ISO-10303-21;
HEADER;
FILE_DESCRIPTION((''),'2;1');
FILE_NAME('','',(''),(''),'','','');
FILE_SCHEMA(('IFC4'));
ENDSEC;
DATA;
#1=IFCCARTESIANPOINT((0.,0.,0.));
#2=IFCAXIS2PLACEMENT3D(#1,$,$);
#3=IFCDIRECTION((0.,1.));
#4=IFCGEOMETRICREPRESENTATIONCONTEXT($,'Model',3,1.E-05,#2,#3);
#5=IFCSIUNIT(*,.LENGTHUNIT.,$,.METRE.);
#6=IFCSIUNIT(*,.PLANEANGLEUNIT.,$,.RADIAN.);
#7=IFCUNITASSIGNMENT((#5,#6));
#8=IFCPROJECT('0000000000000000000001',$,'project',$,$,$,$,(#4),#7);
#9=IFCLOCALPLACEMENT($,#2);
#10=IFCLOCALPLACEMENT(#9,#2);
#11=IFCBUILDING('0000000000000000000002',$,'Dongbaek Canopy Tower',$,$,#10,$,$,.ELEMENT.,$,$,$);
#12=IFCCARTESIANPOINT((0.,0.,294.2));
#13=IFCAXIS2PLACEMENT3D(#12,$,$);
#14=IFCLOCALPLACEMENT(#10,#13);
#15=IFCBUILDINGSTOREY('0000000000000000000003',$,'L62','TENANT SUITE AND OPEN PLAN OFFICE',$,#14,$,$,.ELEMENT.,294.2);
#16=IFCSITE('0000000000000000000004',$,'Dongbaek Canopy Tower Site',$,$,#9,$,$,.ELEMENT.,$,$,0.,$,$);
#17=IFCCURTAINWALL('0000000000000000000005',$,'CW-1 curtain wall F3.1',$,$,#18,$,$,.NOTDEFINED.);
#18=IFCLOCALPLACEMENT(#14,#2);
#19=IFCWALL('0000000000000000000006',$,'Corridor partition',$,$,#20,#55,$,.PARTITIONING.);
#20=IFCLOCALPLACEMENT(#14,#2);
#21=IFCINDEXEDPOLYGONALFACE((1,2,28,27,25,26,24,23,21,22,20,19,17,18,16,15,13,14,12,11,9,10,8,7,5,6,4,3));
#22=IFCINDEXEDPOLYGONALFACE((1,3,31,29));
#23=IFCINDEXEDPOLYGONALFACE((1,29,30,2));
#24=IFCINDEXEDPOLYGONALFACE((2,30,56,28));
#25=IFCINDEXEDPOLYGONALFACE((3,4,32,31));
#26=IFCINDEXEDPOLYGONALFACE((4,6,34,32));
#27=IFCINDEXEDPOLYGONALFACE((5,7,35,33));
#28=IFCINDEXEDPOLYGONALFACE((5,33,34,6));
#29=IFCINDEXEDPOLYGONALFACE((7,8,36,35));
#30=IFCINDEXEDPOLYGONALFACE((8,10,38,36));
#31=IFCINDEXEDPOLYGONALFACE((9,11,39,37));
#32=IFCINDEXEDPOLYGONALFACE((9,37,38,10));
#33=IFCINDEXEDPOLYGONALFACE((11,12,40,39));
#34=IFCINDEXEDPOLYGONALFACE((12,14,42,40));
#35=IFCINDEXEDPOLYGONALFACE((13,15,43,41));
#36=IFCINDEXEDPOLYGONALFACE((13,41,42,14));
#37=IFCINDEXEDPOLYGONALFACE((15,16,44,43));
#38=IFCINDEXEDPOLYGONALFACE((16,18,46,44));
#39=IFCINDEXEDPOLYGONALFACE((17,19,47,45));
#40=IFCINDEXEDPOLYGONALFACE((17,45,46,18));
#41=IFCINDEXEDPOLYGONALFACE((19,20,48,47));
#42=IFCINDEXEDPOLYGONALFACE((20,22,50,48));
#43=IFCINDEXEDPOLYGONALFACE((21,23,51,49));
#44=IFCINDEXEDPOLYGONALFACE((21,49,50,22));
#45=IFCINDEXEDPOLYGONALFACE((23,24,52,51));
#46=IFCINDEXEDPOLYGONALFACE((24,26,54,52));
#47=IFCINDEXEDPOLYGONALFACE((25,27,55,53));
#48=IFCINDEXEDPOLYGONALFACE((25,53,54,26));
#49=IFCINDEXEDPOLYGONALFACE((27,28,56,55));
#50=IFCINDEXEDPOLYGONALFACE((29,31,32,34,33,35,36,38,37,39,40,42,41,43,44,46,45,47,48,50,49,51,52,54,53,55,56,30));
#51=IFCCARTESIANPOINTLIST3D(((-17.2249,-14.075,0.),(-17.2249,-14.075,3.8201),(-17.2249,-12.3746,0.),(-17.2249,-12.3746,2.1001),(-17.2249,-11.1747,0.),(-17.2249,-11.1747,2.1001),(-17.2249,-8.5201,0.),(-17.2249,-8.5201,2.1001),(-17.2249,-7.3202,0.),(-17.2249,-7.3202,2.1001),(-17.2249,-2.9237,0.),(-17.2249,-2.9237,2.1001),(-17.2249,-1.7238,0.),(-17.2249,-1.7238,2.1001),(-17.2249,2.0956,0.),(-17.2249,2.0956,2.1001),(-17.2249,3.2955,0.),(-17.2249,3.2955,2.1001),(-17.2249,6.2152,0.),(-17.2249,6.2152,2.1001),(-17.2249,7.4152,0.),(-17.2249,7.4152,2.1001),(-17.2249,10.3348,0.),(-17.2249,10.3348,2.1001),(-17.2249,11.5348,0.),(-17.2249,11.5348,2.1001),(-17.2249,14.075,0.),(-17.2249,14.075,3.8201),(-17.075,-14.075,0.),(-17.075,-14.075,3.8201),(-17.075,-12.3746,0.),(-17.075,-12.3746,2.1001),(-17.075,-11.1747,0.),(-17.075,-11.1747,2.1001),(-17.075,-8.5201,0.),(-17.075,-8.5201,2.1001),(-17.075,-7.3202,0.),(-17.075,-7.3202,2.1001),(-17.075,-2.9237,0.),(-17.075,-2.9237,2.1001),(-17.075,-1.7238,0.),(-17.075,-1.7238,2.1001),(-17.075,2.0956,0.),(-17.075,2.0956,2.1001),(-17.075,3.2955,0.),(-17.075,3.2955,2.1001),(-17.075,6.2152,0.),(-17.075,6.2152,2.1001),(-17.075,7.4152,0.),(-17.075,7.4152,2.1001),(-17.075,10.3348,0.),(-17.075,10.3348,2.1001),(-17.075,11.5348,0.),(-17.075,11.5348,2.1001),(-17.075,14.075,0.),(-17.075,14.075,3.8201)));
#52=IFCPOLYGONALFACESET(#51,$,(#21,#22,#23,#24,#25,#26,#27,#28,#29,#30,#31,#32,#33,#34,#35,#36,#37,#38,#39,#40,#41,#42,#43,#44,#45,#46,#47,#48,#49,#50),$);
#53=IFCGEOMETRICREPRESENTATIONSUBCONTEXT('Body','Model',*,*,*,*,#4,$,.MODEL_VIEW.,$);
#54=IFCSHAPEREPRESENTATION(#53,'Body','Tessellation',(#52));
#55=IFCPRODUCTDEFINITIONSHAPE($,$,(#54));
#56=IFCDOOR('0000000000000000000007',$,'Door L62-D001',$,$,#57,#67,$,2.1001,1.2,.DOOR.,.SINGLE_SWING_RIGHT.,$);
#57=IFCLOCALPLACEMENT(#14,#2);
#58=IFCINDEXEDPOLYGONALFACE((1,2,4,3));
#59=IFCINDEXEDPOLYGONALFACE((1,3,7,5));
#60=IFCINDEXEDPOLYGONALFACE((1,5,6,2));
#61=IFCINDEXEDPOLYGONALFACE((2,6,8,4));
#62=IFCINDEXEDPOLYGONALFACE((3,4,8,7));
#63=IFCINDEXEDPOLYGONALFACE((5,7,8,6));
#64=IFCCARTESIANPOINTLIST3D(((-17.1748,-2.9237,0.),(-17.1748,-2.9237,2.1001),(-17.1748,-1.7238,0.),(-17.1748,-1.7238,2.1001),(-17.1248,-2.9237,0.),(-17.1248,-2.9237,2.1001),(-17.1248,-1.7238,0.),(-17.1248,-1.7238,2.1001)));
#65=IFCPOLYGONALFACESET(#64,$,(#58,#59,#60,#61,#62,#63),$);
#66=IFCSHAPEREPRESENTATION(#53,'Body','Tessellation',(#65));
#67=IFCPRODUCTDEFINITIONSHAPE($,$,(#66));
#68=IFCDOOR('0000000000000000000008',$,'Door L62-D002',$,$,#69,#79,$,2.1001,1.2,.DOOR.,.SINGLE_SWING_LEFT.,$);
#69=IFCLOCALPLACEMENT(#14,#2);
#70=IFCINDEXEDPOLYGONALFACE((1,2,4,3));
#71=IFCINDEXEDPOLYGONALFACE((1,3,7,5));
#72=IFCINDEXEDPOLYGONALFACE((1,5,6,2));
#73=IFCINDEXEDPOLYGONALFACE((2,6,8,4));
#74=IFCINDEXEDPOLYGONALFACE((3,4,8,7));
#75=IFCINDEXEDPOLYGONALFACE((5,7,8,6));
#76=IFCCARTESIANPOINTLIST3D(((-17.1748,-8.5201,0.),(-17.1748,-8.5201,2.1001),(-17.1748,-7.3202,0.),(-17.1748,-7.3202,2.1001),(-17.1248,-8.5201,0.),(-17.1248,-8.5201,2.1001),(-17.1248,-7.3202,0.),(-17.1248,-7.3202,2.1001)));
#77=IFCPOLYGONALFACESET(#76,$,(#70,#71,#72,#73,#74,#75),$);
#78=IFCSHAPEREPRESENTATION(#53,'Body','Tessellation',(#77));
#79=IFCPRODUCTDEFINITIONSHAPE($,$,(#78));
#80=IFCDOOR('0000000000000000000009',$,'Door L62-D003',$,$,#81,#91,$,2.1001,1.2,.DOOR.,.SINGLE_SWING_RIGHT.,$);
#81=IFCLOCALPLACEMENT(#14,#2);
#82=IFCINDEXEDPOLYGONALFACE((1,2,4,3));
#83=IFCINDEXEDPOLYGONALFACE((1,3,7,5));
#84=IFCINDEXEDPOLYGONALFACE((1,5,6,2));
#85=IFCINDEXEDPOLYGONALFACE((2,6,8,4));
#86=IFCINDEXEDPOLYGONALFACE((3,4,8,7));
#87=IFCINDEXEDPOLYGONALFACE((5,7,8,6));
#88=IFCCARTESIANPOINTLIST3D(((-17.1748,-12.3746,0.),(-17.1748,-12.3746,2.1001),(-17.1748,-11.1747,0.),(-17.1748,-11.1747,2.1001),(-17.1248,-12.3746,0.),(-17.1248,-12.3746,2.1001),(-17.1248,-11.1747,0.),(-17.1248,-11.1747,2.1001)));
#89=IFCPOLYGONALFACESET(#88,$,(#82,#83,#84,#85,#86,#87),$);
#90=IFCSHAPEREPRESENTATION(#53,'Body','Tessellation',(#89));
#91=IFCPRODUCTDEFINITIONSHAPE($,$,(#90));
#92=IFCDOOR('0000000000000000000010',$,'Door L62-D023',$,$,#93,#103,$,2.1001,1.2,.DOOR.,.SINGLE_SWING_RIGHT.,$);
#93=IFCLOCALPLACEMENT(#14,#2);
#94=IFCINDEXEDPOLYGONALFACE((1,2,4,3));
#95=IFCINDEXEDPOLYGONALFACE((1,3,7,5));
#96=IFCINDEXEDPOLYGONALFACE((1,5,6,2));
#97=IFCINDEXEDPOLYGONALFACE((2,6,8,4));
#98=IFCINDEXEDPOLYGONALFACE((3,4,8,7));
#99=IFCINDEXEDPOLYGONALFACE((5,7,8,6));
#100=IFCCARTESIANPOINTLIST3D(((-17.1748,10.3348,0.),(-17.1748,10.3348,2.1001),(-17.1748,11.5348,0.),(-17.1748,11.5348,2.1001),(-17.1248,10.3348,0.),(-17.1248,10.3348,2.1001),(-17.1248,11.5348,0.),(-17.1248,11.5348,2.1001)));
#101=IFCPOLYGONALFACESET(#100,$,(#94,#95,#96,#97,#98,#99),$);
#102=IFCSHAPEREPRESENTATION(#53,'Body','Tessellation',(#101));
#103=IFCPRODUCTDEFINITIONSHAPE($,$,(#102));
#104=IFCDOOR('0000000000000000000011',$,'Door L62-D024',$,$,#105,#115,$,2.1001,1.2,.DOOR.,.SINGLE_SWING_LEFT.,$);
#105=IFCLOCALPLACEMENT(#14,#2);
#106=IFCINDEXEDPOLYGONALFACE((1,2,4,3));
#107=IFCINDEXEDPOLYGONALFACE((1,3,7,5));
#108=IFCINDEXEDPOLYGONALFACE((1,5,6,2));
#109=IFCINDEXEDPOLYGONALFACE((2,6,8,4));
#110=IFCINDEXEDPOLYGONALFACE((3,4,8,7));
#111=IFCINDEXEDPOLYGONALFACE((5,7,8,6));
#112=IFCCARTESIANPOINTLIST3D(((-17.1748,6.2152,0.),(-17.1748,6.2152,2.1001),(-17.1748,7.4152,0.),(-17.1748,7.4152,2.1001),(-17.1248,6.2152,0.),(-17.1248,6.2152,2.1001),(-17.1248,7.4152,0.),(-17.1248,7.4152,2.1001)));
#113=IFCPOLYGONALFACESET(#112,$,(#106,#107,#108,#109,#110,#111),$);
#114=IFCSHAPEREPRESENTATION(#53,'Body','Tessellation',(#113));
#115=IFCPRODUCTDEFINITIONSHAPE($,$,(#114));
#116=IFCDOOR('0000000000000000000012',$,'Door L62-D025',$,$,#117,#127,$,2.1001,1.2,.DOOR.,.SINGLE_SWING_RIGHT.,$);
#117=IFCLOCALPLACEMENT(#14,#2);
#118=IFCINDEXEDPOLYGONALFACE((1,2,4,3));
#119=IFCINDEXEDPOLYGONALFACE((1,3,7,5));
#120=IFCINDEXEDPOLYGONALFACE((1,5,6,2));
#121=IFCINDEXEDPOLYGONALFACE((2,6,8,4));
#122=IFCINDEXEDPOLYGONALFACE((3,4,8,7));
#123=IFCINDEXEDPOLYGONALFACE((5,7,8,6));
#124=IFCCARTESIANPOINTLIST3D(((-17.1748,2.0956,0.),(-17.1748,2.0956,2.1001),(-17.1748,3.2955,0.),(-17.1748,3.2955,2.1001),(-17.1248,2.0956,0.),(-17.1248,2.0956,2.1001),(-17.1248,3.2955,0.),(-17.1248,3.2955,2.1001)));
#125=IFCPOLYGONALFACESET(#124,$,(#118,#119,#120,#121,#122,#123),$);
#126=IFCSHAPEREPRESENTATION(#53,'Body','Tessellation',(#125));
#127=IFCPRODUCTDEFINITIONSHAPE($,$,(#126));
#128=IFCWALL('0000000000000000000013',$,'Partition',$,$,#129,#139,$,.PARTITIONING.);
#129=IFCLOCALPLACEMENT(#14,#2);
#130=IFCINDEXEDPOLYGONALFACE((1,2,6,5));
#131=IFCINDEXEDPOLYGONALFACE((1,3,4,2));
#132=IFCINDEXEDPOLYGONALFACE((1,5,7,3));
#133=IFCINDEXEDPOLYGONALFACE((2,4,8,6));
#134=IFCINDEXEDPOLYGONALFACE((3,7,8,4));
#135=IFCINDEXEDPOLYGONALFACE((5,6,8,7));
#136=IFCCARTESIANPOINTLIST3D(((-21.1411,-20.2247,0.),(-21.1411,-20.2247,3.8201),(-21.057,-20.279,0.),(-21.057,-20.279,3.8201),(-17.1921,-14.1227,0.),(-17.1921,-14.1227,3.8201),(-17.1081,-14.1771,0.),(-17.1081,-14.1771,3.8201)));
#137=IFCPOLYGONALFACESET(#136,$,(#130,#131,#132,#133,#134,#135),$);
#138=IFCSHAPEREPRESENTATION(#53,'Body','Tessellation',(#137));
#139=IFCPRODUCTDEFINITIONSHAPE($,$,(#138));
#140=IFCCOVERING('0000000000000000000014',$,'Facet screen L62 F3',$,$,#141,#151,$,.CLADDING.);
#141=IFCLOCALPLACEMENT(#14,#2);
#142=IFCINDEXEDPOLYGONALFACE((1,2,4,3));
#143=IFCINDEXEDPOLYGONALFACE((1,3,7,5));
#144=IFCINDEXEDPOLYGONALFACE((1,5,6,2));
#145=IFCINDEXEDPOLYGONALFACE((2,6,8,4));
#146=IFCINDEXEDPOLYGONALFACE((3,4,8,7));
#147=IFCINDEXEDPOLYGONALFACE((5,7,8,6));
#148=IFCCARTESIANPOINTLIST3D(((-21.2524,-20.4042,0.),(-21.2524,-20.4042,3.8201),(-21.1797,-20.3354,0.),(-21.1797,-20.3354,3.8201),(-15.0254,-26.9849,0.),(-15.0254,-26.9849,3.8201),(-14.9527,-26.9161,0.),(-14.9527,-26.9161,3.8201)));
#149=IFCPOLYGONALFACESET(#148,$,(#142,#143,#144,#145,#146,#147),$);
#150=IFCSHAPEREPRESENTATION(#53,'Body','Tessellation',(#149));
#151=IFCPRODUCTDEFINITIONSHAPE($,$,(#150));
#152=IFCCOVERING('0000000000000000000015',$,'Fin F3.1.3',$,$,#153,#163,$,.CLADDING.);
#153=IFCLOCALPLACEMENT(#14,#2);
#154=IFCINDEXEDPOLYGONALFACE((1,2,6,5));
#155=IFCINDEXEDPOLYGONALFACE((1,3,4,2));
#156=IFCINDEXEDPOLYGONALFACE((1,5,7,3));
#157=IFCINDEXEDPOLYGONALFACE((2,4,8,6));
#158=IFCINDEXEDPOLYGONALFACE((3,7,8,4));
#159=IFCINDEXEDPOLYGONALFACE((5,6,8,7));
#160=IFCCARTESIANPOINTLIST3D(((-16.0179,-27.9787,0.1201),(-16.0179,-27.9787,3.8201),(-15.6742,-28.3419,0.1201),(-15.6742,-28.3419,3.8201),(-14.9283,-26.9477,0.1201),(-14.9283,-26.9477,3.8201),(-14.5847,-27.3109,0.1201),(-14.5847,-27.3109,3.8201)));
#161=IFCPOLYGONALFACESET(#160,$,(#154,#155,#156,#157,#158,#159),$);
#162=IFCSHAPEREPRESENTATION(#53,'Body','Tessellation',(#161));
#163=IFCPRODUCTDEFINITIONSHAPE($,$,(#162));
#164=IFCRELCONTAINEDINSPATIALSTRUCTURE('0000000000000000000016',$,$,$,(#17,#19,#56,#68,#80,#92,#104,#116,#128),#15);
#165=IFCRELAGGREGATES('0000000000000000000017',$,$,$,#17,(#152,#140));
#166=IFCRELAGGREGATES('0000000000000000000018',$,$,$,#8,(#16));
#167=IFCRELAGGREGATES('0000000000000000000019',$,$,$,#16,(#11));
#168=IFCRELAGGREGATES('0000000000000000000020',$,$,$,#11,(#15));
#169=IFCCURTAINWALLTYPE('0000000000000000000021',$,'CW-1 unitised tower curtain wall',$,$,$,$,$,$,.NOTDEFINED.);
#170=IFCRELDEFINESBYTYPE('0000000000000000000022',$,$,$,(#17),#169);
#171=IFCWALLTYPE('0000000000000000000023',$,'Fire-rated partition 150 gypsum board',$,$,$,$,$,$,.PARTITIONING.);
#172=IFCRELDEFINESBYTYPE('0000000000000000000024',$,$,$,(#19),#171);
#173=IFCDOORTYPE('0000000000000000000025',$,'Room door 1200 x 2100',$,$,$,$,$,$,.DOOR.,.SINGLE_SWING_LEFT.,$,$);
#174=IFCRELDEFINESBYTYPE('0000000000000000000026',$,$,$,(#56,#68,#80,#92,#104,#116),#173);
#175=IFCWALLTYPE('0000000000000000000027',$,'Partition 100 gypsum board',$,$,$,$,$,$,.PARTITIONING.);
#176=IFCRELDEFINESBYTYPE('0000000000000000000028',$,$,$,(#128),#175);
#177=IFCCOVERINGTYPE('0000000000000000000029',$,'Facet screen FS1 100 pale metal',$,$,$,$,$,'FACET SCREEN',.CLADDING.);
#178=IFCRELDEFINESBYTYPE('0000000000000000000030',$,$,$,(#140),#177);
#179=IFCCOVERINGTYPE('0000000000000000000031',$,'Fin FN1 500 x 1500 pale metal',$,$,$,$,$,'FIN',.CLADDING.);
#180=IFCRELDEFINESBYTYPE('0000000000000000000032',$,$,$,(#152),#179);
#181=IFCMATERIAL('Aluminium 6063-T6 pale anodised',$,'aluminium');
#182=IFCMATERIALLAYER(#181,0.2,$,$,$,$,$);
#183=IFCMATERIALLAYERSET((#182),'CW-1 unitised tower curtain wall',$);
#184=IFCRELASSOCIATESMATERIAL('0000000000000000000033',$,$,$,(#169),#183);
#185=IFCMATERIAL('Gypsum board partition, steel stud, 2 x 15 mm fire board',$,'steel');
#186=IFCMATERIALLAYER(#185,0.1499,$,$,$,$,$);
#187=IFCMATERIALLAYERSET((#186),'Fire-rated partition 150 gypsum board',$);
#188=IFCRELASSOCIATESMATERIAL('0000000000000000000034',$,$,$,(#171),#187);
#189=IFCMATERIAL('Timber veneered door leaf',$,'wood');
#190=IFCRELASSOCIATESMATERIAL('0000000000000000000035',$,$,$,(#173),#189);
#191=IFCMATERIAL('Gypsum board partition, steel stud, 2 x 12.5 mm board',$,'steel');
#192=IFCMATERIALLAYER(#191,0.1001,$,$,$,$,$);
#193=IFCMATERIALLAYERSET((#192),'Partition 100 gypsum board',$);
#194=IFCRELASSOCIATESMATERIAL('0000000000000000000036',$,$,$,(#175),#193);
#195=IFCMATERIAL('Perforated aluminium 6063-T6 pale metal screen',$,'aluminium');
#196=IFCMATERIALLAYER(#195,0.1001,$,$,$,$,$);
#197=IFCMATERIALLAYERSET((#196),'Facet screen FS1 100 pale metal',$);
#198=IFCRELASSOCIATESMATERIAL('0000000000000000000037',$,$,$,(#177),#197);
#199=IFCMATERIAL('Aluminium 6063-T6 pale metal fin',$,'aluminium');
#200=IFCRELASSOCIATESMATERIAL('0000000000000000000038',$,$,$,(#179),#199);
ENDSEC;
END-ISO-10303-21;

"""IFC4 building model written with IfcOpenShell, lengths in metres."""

from ifc_helpers import new_model, si_unit, direction, frame, frame_2d, origin, origin_2d, place, context, subcontext, project, spatial, rectangle, extrude, material, layer, layer_set, material_profile, profile_set, type_object, element, fill, aggregate, save


model = new_model("IFC4")

# Units and contexts
model_context = context("Model", 3, precision=1e-05, world=origin(), true_north=direction((0.0, 1.0)))
body_context = subcontext(model_context, "Body", "Model", "MODEL_VIEW")
ifc_project = project(units=[si_unit("LENGTHUNIT", "METRE"), si_unit("PLANEANGLEUNIT", "RADIAN")], contexts=[model_context])

# Site, building, storey
site_placement = place(None, origin())
site = spatial("IfcSite", under=ifc_project, at=site_placement, Name="Dongbaek Canopy Tower Site", CompositionType="ELEMENT", RefElevation=0.0)
building_placement = place(site_placement, origin())
building = spatial("IfcBuilding", under=site, at=building_placement, Name="Dongbaek Canopy Tower", CompositionType="ELEMENT")
storey_placement = place(building_placement, frame((0.0, 0.0, 294.2)))
storey = spatial("IfcBuildingStorey", under=building, at=storey_placement, Name="L62", Description="TENANT SUITE AND OPEN PLAN OFFICE", CompositionType="ELEMENT", Elevation=294.2)

# Curtain wall
ifc_material_1 = material(Name="Aluminium 6063-T6 pale anodised", Category="aluminium")
ifc_layer_1 = layer(ifc_material_1, 0.2)
ifc_layer_set_1 = layer_set([ifc_layer_1], Name="CW-1 unitised tower curtain wall")
curtain_wall_type = type_object("IfcCurtainWallType", Name="CW-1 unitised tower curtain wall", PredefinedType="NOTDEFINED", material=ifc_layer_set_1)
curtain_wall_placement = place(storey_placement, origin())
curtain_wall = element("IfcCurtainWall", 1, at=curtain_wall_placement, inside=storey, type_object=curtain_wall_type, Name="CW-1 curtain wall F3.1", PredefinedType="NOTDEFINED")

# Wall, openings, doors
ifc_material_2 = material(Name="Gypsum board partition, steel stud, 2 x 15 mm fire board", Category="steel")
ifc_layer_2 = layer(ifc_material_2, 0.1499)
ifc_layer_set_2 = layer_set([ifc_layer_2], Name="Fire-rated partition 150 gypsum board")
wall_type_1 = type_object("IfcWallType", Name="Fire-rated partition 150 gypsum board", PredefinedType="PARTITIONING", material=ifc_layer_set_2)
wall_1_placement = place(storey_placement, frame((-17.1499, -14.075, 0.0), z_axis=(0.0, 0.0, 1.0), x_axis=(0.0, 1.0, 0.0)))
wall_1 = element("IfcWall", 2, at=wall_1_placement, inside=storey, type_object=wall_type_1, Name="Corridor partition", PredefinedType="PARTITIONING", context=body_context, shape_type="SweptSolid", body=[
    extrude(rectangle(XDim=28.1499, YDim=0.1499, at=frame_2d((14.075, 0.0))), origin(), (0.0, 0.0, 1.0), 3.8201),
])
opening_1_placement = place(wall_1_placement, frame((11.1511, 0.0, 0.0)))
opening_1 = element("IfcOpeningElement", 3, at=opening_1_placement, cuts=wall_1, PredefinedType="OPENING", context=body_context, shape_type="SweptSolid", body=[
    extrude(rectangle(XDim=1.2, YDim=2.1001, at=frame_2d((0.6001, 1.05))), frame((0.0, 0.085, 0.0), z_axis=(0.0, -1.0, 0.0), x_axis=(1.0, 0.0, 0.0)), (0.0, 0.0, 1.0), 0.1699),
])
opening_2_placement = place(wall_1_placement, frame((5.5547, 0.0, 0.0)))
opening_2 = element("IfcOpeningElement", 4, at=opening_2_placement, cuts=wall_1, PredefinedType="OPENING", context=body_context, shape_type="SweptSolid", body=[
    extrude(rectangle(XDim=1.2, YDim=2.1001, at=frame_2d((0.6001, 1.05))), frame((0.0, 0.085, 0.0), z_axis=(0.0, -1.0, 0.0), x_axis=(1.0, 0.0, 0.0)), (0.0, 0.0, 1.0), 0.1699),
])
opening_3_placement = place(wall_1_placement, frame((1.7002, 0.0, 0.0)))
opening_3 = element("IfcOpeningElement", 5, at=opening_3_placement, cuts=wall_1, PredefinedType="OPENING", context=body_context, shape_type="SweptSolid", body=[
    extrude(rectangle(XDim=1.2, YDim=2.1001, at=frame_2d((0.6001, 1.05))), frame((0.0, 0.085, 0.0), z_axis=(0.0, -1.0, 0.0), x_axis=(1.0, 0.0, 0.0)), (0.0, 0.0, 1.0), 0.1699),
])
opening_4_placement = place(wall_1_placement, frame((24.4097, 0.0, 0.0)))
opening_4 = element("IfcOpeningElement", 6, at=opening_4_placement, cuts=wall_1, PredefinedType="OPENING", context=body_context, shape_type="SweptSolid", body=[
    extrude(rectangle(XDim=1.2, YDim=2.1001, at=frame_2d((0.6001, 1.05))), frame((0.0, 0.085, 0.0), z_axis=(0.0, -1.0, 0.0), x_axis=(1.0, 0.0, 0.0)), (0.0, 0.0, 1.0), 0.1699),
])
opening_5_placement = place(wall_1_placement, frame((20.29, 0.0, 0.0)))
opening_5 = element("IfcOpeningElement", 7, at=opening_5_placement, cuts=wall_1, PredefinedType="OPENING", context=body_context, shape_type="SweptSolid", body=[
    extrude(rectangle(XDim=1.2, YDim=2.1001, at=frame_2d((0.6001, 1.05))), frame((0.0, 0.085, 0.0), z_axis=(0.0, -1.0, 0.0), x_axis=(1.0, 0.0, 0.0)), (0.0, 0.0, 1.0), 0.1699),
])
opening_6_placement = place(wall_1_placement, frame((16.1704, 0.0, 0.0)))
opening_6 = element("IfcOpeningElement", 8, at=opening_6_placement, cuts=wall_1, PredefinedType="OPENING", context=body_context, shape_type="SweptSolid", body=[
    extrude(rectangle(XDim=1.2, YDim=2.1001, at=frame_2d((0.6001, 1.05))), frame((0.0, 0.085, 0.0), z_axis=(0.0, -1.0, 0.0), x_axis=(1.0, 0.0, 0.0)), (0.0, 0.0, 1.0), 0.1699),
])
ifc_material_3 = material(Name="Timber veneered door leaf", Category="wood")
door_type = type_object("IfcDoorType", Name="Room door 1200 x 2100", OperationType="SINGLE_SWING_LEFT", PredefinedType="DOOR", material=ifc_material_3)
door_1_placement = place(opening_1_placement, origin())
door_1 = element("IfcDoor", 9, at=door_1_placement, inside=storey, type_object=door_type, Name="Door L62-D001", OperationType="SINGLE_SWING_RIGHT", OverallHeight=2.1001, OverallWidth=1.2, PredefinedType="DOOR", context=body_context, shape_type="SweptSolid", body=[
    extrude(rectangle(XDim=1.2, YDim=2.1001, at=frame_2d((0.6001, 1.05))), frame((0.0, 0.0249, 0.0), z_axis=(0.0, -1.0, 0.0), x_axis=(1.0, 0.0, 0.0)), (0.0, 0.0, 1.0), 0.05),
])
fill(opening_1, door_1)
door_2_placement = place(opening_2_placement, origin())
door_2 = element("IfcDoor", 10, at=door_2_placement, inside=storey, type_object=door_type, Name="Door L62-D002", OperationType="SINGLE_SWING_LEFT", OverallHeight=2.1001, OverallWidth=1.2, PredefinedType="DOOR", context=body_context, shape_type="SweptSolid", body=[
    extrude(rectangle(XDim=1.2, YDim=2.1001, at=frame_2d((0.6001, 1.05))), frame((0.0, 0.0249, 0.0), z_axis=(0.0, -1.0, 0.0), x_axis=(1.0, 0.0, 0.0)), (0.0, 0.0, 1.0), 0.05),
])
fill(opening_2, door_2)
door_3_placement = place(opening_3_placement, origin())
door_3 = element("IfcDoor", 11, at=door_3_placement, inside=storey, type_object=door_type, Name="Door L62-D003", OperationType="SINGLE_SWING_RIGHT", OverallHeight=2.1001, OverallWidth=1.2, PredefinedType="DOOR", context=body_context, shape_type="SweptSolid", body=[
    extrude(rectangle(XDim=1.2, YDim=2.1001, at=frame_2d((0.6001, 1.05))), frame((0.0, 0.0249, 0.0), z_axis=(0.0, -1.0, 0.0), x_axis=(1.0, 0.0, 0.0)), (0.0, 0.0, 1.0), 0.05),
])
fill(opening_3, door_3)
door_4_placement = place(opening_4_placement, origin())
door_4 = element("IfcDoor", 12, at=door_4_placement, inside=storey, type_object=door_type, Name="Door L62-D023", OperationType="SINGLE_SWING_RIGHT", OverallHeight=2.1001, OverallWidth=1.2, PredefinedType="DOOR", context=body_context, shape_type="SweptSolid", body=[
    extrude(rectangle(XDim=1.2, YDim=2.1001, at=frame_2d((0.6001, 1.05))), frame((0.0, 0.0249, 0.0), z_axis=(0.0, -1.0, 0.0), x_axis=(1.0, 0.0, 0.0)), (0.0, 0.0, 1.0), 0.05),
])
fill(opening_4, door_4)
door_5_placement = place(opening_5_placement, origin())
door_5 = element("IfcDoor", 13, at=door_5_placement, inside=storey, type_object=door_type, Name="Door L62-D024", OperationType="SINGLE_SWING_LEFT", OverallHeight=2.1001, OverallWidth=1.2, PredefinedType="DOOR", context=body_context, shape_type="SweptSolid", body=[
    extrude(rectangle(XDim=1.2, YDim=2.1001, at=frame_2d((0.6001, 1.05))), frame((0.0, 0.0249, 0.0), z_axis=(0.0, -1.0, 0.0), x_axis=(1.0, 0.0, 0.0)), (0.0, 0.0, 1.0), 0.05),
])
fill(opening_5, door_5)
door_6_placement = place(opening_6_placement, origin())
door_6 = element("IfcDoor", 14, at=door_6_placement, inside=storey, type_object=door_type, Name="Door L62-D025", OperationType="SINGLE_SWING_RIGHT", OverallHeight=2.1001, OverallWidth=1.2, PredefinedType="DOOR", context=body_context, shape_type="SweptSolid", body=[
    extrude(rectangle(XDim=1.2, YDim=2.1001, at=frame_2d((0.6001, 1.05))), frame((0.0, 0.0249, 0.0), z_axis=(0.0, -1.0, 0.0), x_axis=(1.0, 0.0, 0.0)), (0.0, 0.0, 1.0), 0.05),
])
fill(opening_6, door_6)

# Wall
ifc_material_4 = material(Name="Gypsum board partition, steel stud, 2 x 12.5 mm board", Category="steel")
ifc_layer_3 = layer(ifc_material_4, 0.1001)
ifc_layer_set_3 = layer_set([ifc_layer_3], Name="Partition 100 gypsum board")
wall_type_2 = type_object("IfcWallType", Name="Partition 100 gypsum board", PredefinedType="PARTITIONING", material=ifc_layer_set_3)
wall_2_placement = place(storey_placement, frame((-21.0991, -20.252, 0.0), z_axis=(0.0, 0.0, 1.0), x_axis=(0.543308, 0.839533, 0.0)))
element("IfcWall", 15, at=wall_2_placement, inside=storey, type_object=wall_type_2, Name="Partition", PredefinedType="PARTITIONING", context=body_context, shape_type="SweptSolid", body=[
    extrude(rectangle(XDim=7.2683, YDim=0.1001, at=frame_2d((3.6343, 0.0))), origin(), (0.0, 0.0, 1.0), 3.8201),
])

# Coverings
ifc_material_5 = material(Name="Perforated aluminium 6063-T6 pale metal screen", Category="aluminium")
ifc_layer_4 = layer(ifc_material_5, 0.1001)
ifc_layer_set_4 = layer_set([ifc_layer_4], Name="Facet screen FS1 100 pale metal")
covering_type_1 = type_object("IfcCoveringType", Name="Facet screen FS1 100 pale metal", ElementType="FACET SCREEN", PredefinedType="CLADDING", material=ifc_layer_set_4)
covering_1_placement = place(storey_placement, frame((-18.1025, -23.6602, 0.0), z_axis=(0.0, 0.0, 1.0), x_axis=(0.68732, -0.726355, 0.0)))
covering_1 = element("IfcCovering", 16, at=covering_1_placement, type_object=covering_type_1, Name="Facet screen L62 F3", PredefinedType="CLADDING", context=body_context, shape_type="SweptSolid", body=[
    extrude(rectangle(XDim=9.0598, YDim=0.1001, at=origin_2d()), origin(), (0.0, 0.0, 1.0), 3.8201),
])
ifc_material_6 = material(Name="Aluminium 6063-T6 pale metal fin", Category="aluminium")
ifc_material_profile_1 = material_profile(ifc_material_6, rectangle(XDim=1.5, YDim=0.5, at=origin_2d()), Name="Fin FN1 500 x 1500 pale metal")
ifc_profile_set_1 = profile_set([ifc_material_profile_1], Name="Aluminium 6063-T6 pale metal fin")
covering_type_2 = type_object("IfcCoveringType", Name="Fin FN1 500 x 1500 pale metal", ElementType="FIN", PredefinedType="CLADDING", material=ifc_profile_set_1)
covering_2_placement = place(storey_placement, frame((-15.3013, -27.6448, 0.1201), z_axis=(0.0, 0.0, 1.0), x_axis=(-0.726355, -0.68732, 0.0)))
covering_2 = element("IfcCovering", 17, at=covering_2_placement, type_object=covering_type_2, Name="Fin F3.1.3", PredefinedType="CLADDING", context=body_context, shape_type="SweptSolid", body=[
    extrude(rectangle(XDim=1.5, YDim=0.5, at=origin_2d()), origin(), (0.0, 0.0, 1.0), 3.7),
])
aggregate(curtain_wall, [covering_2, covering_1])

save(model, "model.ifc")
